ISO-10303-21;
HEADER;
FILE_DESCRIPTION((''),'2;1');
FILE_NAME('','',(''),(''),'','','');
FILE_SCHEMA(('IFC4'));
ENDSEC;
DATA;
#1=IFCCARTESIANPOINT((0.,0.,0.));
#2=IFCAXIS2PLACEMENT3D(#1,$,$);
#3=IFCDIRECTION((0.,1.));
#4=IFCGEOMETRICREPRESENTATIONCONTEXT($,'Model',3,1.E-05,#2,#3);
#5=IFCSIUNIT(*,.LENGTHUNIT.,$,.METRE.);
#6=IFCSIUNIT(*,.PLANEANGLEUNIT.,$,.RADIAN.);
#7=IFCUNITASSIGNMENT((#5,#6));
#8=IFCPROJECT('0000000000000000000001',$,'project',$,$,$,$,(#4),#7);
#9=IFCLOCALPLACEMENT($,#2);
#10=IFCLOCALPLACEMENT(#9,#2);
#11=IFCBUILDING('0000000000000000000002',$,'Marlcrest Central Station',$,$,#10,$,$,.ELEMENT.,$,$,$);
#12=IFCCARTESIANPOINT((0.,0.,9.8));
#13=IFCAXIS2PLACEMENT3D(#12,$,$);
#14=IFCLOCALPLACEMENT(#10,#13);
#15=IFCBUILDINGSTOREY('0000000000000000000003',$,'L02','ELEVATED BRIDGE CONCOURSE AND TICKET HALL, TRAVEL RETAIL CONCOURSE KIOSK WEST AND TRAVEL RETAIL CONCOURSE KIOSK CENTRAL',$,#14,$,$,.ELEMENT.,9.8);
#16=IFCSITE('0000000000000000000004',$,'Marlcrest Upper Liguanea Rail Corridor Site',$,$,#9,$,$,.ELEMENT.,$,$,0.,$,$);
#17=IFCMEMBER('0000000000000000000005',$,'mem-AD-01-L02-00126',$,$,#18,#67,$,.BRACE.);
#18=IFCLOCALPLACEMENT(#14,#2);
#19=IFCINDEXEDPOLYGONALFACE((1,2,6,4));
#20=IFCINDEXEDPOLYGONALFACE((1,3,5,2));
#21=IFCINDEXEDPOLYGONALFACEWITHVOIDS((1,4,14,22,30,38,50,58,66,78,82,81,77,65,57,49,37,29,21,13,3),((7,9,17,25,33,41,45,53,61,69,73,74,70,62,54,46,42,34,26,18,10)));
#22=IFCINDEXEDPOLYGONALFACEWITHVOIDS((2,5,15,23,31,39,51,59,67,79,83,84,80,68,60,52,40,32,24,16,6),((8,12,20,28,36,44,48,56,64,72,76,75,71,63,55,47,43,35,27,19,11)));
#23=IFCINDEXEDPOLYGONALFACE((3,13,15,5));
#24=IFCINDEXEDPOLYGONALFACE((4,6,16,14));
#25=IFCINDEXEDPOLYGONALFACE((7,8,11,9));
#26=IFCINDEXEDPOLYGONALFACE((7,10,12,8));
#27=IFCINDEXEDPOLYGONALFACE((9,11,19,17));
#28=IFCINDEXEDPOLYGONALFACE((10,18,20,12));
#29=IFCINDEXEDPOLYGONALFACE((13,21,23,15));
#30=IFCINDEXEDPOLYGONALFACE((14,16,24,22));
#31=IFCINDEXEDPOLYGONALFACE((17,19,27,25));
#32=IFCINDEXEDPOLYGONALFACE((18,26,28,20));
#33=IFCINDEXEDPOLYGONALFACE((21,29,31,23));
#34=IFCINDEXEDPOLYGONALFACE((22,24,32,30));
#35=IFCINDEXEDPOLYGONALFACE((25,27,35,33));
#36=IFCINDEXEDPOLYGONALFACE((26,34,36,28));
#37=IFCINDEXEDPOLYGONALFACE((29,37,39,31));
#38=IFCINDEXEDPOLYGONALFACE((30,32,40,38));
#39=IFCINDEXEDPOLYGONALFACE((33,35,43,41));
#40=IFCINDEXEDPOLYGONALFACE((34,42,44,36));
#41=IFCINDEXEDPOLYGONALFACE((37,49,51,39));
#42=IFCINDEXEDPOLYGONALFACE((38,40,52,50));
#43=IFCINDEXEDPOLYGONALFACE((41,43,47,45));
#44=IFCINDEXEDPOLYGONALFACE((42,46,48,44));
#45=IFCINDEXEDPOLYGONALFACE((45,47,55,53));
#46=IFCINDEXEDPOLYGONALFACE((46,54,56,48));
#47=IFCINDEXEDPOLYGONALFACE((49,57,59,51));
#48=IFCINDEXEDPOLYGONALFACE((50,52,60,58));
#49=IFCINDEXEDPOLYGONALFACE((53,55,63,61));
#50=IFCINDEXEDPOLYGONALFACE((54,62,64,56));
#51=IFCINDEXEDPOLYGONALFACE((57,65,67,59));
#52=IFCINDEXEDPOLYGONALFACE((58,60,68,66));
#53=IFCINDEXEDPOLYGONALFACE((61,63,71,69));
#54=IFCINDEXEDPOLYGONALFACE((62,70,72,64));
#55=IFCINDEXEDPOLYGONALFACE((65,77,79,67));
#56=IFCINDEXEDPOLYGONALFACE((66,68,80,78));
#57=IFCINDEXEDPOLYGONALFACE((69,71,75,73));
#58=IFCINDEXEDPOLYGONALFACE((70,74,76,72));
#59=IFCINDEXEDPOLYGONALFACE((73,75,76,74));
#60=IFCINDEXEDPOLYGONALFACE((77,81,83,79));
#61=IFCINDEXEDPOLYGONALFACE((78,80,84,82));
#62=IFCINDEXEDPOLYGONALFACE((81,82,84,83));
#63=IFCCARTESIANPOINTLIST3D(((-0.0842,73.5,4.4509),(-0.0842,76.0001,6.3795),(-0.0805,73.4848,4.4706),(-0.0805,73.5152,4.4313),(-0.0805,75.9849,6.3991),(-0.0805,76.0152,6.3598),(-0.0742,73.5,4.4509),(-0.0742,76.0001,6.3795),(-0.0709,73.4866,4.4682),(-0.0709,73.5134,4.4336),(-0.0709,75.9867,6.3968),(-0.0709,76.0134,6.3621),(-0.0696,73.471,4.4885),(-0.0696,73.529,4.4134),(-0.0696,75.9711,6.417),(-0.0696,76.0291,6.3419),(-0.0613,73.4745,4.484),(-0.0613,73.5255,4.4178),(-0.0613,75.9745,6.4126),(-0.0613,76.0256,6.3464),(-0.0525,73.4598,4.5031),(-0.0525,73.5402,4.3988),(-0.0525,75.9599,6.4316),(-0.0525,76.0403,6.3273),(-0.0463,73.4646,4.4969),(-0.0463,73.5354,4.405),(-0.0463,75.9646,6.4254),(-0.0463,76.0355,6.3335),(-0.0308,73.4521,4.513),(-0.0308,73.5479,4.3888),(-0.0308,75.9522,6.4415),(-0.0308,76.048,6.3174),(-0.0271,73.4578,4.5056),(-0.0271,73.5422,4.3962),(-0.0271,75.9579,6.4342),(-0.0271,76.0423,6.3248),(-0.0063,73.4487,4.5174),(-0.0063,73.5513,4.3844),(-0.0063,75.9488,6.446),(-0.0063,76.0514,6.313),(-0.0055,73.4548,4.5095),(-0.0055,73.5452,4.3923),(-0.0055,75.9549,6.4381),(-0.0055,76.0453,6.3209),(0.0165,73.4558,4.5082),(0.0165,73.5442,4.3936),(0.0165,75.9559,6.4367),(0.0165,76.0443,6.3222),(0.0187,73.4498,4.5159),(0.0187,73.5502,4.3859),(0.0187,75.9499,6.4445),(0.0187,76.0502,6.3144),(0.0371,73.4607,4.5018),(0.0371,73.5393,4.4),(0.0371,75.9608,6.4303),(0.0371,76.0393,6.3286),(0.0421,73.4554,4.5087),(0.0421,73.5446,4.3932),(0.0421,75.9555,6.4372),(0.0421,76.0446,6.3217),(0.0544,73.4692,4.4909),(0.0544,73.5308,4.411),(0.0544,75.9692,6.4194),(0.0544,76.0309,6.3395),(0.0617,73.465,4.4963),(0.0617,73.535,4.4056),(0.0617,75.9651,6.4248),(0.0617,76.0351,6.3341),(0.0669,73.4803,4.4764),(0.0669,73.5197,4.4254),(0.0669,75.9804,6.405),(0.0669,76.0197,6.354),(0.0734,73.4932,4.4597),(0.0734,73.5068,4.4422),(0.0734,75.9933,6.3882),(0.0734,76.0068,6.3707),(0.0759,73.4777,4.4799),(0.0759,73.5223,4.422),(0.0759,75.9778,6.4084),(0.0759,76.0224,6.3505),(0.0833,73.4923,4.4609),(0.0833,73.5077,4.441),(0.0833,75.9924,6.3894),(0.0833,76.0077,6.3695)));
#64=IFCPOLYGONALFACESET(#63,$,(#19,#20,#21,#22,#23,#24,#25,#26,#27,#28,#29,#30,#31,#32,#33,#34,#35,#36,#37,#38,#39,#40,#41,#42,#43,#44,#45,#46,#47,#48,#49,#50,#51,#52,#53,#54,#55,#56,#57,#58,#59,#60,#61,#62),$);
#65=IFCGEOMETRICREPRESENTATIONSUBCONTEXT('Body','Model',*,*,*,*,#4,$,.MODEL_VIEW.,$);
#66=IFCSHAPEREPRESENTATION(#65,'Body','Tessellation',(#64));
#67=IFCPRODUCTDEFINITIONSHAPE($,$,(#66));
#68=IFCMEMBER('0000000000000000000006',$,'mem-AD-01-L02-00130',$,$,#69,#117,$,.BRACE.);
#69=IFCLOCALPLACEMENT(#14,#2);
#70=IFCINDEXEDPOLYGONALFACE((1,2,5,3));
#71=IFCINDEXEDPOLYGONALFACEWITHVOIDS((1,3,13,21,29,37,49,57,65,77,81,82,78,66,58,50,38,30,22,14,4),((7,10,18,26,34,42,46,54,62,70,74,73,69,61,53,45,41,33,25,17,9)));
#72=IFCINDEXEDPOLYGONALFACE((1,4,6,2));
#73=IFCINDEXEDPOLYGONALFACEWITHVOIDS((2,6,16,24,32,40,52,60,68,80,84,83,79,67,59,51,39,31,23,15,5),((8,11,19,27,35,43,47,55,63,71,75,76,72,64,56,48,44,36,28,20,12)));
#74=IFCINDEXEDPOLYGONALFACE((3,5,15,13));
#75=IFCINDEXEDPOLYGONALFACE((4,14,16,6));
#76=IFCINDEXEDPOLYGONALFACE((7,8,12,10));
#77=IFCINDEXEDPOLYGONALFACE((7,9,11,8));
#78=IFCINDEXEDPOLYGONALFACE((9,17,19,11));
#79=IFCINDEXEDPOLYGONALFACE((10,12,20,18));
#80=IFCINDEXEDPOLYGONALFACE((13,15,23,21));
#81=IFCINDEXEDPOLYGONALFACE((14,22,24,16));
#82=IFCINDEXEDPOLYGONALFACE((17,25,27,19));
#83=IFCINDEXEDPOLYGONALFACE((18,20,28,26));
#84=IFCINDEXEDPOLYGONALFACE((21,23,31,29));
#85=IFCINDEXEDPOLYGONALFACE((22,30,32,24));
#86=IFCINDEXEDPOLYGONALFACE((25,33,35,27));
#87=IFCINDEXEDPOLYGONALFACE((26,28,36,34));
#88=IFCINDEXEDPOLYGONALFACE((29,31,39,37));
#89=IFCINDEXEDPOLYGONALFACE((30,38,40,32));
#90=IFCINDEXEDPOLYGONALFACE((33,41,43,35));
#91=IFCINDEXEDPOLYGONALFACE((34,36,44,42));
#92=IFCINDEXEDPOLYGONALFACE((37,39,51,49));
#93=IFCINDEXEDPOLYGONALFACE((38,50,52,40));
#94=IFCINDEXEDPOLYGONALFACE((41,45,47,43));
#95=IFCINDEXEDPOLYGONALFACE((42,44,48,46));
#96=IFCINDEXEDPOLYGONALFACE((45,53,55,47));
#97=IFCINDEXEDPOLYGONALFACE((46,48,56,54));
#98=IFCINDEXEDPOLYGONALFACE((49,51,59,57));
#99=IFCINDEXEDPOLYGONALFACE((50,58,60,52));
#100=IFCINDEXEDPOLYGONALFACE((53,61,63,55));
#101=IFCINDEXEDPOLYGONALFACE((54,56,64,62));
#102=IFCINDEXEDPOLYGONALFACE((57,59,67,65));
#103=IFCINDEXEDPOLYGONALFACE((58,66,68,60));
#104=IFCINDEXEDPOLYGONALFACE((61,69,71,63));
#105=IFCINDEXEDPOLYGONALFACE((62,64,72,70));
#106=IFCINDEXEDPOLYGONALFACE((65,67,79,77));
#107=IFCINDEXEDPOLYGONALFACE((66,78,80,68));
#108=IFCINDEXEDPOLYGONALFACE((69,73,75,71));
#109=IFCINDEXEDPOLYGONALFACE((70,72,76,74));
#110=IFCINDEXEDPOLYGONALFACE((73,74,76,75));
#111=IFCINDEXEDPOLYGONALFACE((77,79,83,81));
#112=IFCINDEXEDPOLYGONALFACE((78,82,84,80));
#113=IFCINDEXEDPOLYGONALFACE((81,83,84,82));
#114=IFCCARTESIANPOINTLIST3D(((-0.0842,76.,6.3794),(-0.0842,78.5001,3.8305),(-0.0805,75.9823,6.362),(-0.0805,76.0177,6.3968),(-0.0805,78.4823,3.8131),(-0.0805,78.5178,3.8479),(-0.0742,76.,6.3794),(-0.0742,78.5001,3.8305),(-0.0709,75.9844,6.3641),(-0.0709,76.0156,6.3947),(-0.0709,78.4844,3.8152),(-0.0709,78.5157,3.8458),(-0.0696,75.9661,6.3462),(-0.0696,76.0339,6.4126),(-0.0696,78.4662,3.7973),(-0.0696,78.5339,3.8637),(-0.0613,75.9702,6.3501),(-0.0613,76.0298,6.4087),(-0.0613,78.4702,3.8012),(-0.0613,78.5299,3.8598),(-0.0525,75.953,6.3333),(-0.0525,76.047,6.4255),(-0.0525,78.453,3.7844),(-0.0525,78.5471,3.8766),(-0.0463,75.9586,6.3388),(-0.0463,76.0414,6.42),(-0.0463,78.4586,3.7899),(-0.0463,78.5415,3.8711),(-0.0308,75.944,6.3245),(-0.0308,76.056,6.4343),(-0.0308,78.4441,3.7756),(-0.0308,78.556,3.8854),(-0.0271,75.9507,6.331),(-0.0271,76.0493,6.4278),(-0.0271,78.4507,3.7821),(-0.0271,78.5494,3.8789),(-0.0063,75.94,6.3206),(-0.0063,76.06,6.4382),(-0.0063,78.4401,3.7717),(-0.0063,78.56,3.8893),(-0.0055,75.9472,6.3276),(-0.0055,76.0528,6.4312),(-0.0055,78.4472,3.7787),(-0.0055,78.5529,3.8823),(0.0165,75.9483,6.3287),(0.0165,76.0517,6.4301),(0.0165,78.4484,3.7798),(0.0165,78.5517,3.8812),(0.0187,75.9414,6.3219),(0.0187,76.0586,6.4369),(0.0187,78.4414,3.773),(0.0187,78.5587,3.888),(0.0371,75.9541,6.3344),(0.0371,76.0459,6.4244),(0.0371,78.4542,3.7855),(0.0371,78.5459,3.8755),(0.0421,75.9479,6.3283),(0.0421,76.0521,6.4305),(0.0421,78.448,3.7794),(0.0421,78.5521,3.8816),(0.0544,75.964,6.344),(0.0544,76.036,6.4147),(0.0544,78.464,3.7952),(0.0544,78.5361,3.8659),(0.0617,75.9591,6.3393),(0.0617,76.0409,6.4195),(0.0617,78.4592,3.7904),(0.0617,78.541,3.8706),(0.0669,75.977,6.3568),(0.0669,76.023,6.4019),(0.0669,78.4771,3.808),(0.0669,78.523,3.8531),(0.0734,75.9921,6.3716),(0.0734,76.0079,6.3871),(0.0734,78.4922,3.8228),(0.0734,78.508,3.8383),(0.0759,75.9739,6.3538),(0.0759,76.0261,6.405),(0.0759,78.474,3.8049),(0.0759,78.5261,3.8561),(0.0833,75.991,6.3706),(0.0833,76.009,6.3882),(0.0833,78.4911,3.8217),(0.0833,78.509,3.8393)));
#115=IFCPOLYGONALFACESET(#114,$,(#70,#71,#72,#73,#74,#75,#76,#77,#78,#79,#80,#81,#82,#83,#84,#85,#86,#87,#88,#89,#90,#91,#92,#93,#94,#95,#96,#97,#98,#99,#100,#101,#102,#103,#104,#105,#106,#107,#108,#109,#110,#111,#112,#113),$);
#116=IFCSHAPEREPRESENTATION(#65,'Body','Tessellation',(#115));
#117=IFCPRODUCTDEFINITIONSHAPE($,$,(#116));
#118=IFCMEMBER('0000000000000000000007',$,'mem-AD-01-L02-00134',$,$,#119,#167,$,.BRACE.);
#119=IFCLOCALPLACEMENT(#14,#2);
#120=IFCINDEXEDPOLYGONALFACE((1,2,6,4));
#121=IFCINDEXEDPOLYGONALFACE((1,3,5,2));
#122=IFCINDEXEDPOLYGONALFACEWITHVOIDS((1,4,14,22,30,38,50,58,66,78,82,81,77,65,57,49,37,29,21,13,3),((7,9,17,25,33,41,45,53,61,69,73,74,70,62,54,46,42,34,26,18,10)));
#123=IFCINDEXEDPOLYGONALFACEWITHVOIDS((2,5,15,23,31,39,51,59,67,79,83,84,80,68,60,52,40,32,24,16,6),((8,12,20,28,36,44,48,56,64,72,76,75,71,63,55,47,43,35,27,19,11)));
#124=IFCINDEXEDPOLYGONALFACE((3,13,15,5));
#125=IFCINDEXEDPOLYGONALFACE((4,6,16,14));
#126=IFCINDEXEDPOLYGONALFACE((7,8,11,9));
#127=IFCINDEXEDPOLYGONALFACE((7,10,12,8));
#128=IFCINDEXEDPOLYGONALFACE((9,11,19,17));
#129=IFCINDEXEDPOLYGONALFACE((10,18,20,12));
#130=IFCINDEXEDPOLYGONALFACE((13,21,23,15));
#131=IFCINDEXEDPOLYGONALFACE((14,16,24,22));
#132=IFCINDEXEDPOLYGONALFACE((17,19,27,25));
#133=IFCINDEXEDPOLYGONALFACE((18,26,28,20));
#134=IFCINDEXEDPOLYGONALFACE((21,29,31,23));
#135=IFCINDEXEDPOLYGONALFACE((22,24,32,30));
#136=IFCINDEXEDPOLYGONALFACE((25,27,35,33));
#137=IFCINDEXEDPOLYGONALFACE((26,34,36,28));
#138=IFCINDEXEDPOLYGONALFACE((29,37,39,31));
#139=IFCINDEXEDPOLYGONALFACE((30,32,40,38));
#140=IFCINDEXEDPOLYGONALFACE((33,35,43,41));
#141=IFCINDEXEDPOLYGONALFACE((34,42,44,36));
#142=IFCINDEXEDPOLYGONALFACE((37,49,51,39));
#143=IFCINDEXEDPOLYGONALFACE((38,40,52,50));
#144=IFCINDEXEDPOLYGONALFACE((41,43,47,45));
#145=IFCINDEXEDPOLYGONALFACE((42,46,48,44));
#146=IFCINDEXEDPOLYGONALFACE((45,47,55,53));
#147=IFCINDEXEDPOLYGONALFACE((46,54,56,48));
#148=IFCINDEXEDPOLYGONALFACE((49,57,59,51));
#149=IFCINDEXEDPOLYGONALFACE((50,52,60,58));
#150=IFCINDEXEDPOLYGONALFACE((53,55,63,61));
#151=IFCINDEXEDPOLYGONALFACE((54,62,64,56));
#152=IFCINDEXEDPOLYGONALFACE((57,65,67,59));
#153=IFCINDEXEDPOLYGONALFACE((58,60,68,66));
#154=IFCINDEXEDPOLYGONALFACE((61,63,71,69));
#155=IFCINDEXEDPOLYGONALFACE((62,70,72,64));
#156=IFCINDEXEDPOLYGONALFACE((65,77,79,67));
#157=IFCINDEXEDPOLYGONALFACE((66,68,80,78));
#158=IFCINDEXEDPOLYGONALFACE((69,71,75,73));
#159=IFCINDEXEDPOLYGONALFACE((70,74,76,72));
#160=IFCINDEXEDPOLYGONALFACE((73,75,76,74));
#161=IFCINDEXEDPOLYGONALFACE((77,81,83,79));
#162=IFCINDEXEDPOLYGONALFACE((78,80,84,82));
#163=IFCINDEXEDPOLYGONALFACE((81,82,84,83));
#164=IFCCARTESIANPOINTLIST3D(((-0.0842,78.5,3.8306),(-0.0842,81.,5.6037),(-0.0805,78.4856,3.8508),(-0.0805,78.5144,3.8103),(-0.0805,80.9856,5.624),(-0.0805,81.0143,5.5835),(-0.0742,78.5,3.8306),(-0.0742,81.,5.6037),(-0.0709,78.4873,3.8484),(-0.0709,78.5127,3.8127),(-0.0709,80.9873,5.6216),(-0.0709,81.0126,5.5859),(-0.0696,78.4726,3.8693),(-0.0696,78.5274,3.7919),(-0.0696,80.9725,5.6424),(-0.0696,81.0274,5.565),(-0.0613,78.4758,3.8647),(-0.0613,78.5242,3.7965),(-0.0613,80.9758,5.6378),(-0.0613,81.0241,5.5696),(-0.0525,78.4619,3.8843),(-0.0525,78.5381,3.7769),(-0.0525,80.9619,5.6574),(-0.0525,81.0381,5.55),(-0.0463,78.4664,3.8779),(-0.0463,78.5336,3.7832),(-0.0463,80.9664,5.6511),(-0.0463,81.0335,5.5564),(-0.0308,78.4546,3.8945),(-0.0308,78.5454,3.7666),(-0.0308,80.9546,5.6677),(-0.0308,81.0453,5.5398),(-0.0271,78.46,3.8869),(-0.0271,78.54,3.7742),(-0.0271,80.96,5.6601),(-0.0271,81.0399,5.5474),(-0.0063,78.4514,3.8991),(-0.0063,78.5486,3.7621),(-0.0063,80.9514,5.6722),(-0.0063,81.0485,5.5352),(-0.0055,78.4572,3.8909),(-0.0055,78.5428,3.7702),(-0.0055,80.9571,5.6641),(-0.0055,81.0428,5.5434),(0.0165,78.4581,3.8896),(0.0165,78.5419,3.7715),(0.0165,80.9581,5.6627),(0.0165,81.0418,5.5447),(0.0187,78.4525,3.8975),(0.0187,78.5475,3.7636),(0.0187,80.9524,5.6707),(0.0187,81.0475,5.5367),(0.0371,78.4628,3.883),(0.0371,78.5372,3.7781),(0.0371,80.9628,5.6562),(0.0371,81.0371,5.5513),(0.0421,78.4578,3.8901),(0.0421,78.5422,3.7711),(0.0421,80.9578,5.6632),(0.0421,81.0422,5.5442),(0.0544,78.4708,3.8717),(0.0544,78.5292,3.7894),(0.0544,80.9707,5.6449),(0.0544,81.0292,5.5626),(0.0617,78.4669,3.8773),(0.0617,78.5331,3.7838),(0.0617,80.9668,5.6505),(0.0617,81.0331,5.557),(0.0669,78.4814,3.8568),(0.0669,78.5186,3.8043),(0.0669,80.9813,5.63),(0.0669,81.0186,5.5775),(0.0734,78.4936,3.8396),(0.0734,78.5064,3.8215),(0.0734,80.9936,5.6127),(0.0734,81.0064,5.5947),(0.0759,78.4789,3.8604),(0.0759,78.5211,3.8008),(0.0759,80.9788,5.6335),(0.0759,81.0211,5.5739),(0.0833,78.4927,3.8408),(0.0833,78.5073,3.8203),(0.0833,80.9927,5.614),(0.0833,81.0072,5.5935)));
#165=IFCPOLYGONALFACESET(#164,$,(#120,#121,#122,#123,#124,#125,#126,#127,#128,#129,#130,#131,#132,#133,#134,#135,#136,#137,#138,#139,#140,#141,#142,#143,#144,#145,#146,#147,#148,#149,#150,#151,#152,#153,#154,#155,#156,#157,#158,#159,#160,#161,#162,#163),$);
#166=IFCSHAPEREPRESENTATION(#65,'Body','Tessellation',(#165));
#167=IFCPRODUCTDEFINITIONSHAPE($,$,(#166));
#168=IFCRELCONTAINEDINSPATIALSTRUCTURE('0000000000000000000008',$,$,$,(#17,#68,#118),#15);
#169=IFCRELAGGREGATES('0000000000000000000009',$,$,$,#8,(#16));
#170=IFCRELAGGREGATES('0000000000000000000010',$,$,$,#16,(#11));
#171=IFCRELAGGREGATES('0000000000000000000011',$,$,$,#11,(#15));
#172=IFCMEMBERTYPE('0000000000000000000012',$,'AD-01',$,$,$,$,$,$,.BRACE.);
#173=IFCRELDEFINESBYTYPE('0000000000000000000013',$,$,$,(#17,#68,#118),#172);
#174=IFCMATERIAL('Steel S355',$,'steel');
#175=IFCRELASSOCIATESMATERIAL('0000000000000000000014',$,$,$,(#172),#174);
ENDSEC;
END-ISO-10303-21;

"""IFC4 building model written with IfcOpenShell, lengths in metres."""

from ifc_helpers import new_model, si_unit, direction, frame, origin, origin_2d, place, context, subcontext, project, spatial, hollow_circle, extrude, material, material_profile, profile_set, type_object, element, save


model = new_model("IFC4")

# Units and contexts
model_context = context("Model", 3, precision=1e-05, world=origin(), true_north=direction((0.0, 1.0)))
body_context = subcontext(model_context, "Body", "Model", "MODEL_VIEW")
ifc_project = project(units=[si_unit("LENGTHUNIT", "METRE"), si_unit("PLANEANGLEUNIT", "RADIAN")], contexts=[model_context])

# Site, building, storey
site_placement = place(None, origin())
site = spatial("IfcSite", under=ifc_project, at=site_placement, Name="Marlcrest Upper Liguanea Rail Corridor Site", CompositionType="ELEMENT", RefElevation=0.0)
building_placement = place(site_placement, origin())
building = spatial("IfcBuilding", under=site, at=building_placement, Name="Marlcrest Central Station", CompositionType="ELEMENT")
storey_placement = place(building_placement, frame((0.0, 0.0, 9.8)))
storey = spatial("IfcBuildingStorey", under=building, at=storey_placement, Name="L02", Description="ELEVATED BRIDGE CONCOURSE AND TICKET HALL, TRAVEL RETAIL CONCOURSE KIOSK WEST AND TRAVEL RETAIL CONCOURSE KIOSK CENTRAL", CompositionType="ELEMENT", Elevation=9.8)

# Members
ifc_material = material(Name="Steel S355", Category="steel")
ifc_material_profile_1 = material_profile(ifc_material, hollow_circle(Radius=0.0842, WallThickness=0.01, at=origin_2d()), Name="CHS 168.3x10")
ifc_profile_set_1 = profile_set([ifc_material_profile_1], Name="Steel S355")
member_type_1 = type_object("IfcMemberType", Name="AD-01", PredefinedType="BRACE", material=ifc_profile_set_1)
member_1_placement = place(storey_placement, frame((0.0, 73.5, 4.4509), z_axis=(0.0, 0.791798, 0.610783), x_axis=(-1.0, 0.0, 0.0)))
element("IfcMember", 1, at=member_1_placement, inside=storey, type_object=member_type_1, Name="mem-AD-01-L02-00126", PredefinedType="BRACE", context=body_context, shape_type="SweptSolid", body=[
    extrude(hollow_circle(Radius=0.0842, WallThickness=0.01, at=origin_2d()), origin(), (0.0, 0.0, 1.0), 3.1575),
])
member_2_placement = place(storey_placement, frame((0.0, 76.0, 6.3794), z_axis=(0.0, 0.700235, -0.713912), x_axis=(-1.0, 0.0, 0.0)))
element("IfcMember", 2, at=member_2_placement, inside=storey, type_object=member_type_1, Name="mem-AD-01-L02-00130", PredefinedType="BRACE", context=body_context, shape_type="SweptSolid", body=[
    extrude(hollow_circle(Radius=0.0842, WallThickness=0.01, at=origin_2d()), origin(), (0.0, 0.0, 1.0), 3.5703),
])
member_3_placement = place(storey_placement, frame((0.0, 78.5, 3.8306), z_axis=(0.0, 0.815661, 0.57853), x_axis=(-1.0, 0.0, 0.0)))
element("IfcMember", 3, at=member_3_placement, inside=storey, type_object=member_type_1, Name="mem-AD-01-L02-00134", PredefinedType="BRACE", context=body_context, shape_type="SweptSolid", body=[
    extrude(hollow_circle(Radius=0.0842, WallThickness=0.01, at=origin_2d()), origin(), (0.0, 0.0, 1.0), 3.0649),
])

save(model, "model.ifc")
